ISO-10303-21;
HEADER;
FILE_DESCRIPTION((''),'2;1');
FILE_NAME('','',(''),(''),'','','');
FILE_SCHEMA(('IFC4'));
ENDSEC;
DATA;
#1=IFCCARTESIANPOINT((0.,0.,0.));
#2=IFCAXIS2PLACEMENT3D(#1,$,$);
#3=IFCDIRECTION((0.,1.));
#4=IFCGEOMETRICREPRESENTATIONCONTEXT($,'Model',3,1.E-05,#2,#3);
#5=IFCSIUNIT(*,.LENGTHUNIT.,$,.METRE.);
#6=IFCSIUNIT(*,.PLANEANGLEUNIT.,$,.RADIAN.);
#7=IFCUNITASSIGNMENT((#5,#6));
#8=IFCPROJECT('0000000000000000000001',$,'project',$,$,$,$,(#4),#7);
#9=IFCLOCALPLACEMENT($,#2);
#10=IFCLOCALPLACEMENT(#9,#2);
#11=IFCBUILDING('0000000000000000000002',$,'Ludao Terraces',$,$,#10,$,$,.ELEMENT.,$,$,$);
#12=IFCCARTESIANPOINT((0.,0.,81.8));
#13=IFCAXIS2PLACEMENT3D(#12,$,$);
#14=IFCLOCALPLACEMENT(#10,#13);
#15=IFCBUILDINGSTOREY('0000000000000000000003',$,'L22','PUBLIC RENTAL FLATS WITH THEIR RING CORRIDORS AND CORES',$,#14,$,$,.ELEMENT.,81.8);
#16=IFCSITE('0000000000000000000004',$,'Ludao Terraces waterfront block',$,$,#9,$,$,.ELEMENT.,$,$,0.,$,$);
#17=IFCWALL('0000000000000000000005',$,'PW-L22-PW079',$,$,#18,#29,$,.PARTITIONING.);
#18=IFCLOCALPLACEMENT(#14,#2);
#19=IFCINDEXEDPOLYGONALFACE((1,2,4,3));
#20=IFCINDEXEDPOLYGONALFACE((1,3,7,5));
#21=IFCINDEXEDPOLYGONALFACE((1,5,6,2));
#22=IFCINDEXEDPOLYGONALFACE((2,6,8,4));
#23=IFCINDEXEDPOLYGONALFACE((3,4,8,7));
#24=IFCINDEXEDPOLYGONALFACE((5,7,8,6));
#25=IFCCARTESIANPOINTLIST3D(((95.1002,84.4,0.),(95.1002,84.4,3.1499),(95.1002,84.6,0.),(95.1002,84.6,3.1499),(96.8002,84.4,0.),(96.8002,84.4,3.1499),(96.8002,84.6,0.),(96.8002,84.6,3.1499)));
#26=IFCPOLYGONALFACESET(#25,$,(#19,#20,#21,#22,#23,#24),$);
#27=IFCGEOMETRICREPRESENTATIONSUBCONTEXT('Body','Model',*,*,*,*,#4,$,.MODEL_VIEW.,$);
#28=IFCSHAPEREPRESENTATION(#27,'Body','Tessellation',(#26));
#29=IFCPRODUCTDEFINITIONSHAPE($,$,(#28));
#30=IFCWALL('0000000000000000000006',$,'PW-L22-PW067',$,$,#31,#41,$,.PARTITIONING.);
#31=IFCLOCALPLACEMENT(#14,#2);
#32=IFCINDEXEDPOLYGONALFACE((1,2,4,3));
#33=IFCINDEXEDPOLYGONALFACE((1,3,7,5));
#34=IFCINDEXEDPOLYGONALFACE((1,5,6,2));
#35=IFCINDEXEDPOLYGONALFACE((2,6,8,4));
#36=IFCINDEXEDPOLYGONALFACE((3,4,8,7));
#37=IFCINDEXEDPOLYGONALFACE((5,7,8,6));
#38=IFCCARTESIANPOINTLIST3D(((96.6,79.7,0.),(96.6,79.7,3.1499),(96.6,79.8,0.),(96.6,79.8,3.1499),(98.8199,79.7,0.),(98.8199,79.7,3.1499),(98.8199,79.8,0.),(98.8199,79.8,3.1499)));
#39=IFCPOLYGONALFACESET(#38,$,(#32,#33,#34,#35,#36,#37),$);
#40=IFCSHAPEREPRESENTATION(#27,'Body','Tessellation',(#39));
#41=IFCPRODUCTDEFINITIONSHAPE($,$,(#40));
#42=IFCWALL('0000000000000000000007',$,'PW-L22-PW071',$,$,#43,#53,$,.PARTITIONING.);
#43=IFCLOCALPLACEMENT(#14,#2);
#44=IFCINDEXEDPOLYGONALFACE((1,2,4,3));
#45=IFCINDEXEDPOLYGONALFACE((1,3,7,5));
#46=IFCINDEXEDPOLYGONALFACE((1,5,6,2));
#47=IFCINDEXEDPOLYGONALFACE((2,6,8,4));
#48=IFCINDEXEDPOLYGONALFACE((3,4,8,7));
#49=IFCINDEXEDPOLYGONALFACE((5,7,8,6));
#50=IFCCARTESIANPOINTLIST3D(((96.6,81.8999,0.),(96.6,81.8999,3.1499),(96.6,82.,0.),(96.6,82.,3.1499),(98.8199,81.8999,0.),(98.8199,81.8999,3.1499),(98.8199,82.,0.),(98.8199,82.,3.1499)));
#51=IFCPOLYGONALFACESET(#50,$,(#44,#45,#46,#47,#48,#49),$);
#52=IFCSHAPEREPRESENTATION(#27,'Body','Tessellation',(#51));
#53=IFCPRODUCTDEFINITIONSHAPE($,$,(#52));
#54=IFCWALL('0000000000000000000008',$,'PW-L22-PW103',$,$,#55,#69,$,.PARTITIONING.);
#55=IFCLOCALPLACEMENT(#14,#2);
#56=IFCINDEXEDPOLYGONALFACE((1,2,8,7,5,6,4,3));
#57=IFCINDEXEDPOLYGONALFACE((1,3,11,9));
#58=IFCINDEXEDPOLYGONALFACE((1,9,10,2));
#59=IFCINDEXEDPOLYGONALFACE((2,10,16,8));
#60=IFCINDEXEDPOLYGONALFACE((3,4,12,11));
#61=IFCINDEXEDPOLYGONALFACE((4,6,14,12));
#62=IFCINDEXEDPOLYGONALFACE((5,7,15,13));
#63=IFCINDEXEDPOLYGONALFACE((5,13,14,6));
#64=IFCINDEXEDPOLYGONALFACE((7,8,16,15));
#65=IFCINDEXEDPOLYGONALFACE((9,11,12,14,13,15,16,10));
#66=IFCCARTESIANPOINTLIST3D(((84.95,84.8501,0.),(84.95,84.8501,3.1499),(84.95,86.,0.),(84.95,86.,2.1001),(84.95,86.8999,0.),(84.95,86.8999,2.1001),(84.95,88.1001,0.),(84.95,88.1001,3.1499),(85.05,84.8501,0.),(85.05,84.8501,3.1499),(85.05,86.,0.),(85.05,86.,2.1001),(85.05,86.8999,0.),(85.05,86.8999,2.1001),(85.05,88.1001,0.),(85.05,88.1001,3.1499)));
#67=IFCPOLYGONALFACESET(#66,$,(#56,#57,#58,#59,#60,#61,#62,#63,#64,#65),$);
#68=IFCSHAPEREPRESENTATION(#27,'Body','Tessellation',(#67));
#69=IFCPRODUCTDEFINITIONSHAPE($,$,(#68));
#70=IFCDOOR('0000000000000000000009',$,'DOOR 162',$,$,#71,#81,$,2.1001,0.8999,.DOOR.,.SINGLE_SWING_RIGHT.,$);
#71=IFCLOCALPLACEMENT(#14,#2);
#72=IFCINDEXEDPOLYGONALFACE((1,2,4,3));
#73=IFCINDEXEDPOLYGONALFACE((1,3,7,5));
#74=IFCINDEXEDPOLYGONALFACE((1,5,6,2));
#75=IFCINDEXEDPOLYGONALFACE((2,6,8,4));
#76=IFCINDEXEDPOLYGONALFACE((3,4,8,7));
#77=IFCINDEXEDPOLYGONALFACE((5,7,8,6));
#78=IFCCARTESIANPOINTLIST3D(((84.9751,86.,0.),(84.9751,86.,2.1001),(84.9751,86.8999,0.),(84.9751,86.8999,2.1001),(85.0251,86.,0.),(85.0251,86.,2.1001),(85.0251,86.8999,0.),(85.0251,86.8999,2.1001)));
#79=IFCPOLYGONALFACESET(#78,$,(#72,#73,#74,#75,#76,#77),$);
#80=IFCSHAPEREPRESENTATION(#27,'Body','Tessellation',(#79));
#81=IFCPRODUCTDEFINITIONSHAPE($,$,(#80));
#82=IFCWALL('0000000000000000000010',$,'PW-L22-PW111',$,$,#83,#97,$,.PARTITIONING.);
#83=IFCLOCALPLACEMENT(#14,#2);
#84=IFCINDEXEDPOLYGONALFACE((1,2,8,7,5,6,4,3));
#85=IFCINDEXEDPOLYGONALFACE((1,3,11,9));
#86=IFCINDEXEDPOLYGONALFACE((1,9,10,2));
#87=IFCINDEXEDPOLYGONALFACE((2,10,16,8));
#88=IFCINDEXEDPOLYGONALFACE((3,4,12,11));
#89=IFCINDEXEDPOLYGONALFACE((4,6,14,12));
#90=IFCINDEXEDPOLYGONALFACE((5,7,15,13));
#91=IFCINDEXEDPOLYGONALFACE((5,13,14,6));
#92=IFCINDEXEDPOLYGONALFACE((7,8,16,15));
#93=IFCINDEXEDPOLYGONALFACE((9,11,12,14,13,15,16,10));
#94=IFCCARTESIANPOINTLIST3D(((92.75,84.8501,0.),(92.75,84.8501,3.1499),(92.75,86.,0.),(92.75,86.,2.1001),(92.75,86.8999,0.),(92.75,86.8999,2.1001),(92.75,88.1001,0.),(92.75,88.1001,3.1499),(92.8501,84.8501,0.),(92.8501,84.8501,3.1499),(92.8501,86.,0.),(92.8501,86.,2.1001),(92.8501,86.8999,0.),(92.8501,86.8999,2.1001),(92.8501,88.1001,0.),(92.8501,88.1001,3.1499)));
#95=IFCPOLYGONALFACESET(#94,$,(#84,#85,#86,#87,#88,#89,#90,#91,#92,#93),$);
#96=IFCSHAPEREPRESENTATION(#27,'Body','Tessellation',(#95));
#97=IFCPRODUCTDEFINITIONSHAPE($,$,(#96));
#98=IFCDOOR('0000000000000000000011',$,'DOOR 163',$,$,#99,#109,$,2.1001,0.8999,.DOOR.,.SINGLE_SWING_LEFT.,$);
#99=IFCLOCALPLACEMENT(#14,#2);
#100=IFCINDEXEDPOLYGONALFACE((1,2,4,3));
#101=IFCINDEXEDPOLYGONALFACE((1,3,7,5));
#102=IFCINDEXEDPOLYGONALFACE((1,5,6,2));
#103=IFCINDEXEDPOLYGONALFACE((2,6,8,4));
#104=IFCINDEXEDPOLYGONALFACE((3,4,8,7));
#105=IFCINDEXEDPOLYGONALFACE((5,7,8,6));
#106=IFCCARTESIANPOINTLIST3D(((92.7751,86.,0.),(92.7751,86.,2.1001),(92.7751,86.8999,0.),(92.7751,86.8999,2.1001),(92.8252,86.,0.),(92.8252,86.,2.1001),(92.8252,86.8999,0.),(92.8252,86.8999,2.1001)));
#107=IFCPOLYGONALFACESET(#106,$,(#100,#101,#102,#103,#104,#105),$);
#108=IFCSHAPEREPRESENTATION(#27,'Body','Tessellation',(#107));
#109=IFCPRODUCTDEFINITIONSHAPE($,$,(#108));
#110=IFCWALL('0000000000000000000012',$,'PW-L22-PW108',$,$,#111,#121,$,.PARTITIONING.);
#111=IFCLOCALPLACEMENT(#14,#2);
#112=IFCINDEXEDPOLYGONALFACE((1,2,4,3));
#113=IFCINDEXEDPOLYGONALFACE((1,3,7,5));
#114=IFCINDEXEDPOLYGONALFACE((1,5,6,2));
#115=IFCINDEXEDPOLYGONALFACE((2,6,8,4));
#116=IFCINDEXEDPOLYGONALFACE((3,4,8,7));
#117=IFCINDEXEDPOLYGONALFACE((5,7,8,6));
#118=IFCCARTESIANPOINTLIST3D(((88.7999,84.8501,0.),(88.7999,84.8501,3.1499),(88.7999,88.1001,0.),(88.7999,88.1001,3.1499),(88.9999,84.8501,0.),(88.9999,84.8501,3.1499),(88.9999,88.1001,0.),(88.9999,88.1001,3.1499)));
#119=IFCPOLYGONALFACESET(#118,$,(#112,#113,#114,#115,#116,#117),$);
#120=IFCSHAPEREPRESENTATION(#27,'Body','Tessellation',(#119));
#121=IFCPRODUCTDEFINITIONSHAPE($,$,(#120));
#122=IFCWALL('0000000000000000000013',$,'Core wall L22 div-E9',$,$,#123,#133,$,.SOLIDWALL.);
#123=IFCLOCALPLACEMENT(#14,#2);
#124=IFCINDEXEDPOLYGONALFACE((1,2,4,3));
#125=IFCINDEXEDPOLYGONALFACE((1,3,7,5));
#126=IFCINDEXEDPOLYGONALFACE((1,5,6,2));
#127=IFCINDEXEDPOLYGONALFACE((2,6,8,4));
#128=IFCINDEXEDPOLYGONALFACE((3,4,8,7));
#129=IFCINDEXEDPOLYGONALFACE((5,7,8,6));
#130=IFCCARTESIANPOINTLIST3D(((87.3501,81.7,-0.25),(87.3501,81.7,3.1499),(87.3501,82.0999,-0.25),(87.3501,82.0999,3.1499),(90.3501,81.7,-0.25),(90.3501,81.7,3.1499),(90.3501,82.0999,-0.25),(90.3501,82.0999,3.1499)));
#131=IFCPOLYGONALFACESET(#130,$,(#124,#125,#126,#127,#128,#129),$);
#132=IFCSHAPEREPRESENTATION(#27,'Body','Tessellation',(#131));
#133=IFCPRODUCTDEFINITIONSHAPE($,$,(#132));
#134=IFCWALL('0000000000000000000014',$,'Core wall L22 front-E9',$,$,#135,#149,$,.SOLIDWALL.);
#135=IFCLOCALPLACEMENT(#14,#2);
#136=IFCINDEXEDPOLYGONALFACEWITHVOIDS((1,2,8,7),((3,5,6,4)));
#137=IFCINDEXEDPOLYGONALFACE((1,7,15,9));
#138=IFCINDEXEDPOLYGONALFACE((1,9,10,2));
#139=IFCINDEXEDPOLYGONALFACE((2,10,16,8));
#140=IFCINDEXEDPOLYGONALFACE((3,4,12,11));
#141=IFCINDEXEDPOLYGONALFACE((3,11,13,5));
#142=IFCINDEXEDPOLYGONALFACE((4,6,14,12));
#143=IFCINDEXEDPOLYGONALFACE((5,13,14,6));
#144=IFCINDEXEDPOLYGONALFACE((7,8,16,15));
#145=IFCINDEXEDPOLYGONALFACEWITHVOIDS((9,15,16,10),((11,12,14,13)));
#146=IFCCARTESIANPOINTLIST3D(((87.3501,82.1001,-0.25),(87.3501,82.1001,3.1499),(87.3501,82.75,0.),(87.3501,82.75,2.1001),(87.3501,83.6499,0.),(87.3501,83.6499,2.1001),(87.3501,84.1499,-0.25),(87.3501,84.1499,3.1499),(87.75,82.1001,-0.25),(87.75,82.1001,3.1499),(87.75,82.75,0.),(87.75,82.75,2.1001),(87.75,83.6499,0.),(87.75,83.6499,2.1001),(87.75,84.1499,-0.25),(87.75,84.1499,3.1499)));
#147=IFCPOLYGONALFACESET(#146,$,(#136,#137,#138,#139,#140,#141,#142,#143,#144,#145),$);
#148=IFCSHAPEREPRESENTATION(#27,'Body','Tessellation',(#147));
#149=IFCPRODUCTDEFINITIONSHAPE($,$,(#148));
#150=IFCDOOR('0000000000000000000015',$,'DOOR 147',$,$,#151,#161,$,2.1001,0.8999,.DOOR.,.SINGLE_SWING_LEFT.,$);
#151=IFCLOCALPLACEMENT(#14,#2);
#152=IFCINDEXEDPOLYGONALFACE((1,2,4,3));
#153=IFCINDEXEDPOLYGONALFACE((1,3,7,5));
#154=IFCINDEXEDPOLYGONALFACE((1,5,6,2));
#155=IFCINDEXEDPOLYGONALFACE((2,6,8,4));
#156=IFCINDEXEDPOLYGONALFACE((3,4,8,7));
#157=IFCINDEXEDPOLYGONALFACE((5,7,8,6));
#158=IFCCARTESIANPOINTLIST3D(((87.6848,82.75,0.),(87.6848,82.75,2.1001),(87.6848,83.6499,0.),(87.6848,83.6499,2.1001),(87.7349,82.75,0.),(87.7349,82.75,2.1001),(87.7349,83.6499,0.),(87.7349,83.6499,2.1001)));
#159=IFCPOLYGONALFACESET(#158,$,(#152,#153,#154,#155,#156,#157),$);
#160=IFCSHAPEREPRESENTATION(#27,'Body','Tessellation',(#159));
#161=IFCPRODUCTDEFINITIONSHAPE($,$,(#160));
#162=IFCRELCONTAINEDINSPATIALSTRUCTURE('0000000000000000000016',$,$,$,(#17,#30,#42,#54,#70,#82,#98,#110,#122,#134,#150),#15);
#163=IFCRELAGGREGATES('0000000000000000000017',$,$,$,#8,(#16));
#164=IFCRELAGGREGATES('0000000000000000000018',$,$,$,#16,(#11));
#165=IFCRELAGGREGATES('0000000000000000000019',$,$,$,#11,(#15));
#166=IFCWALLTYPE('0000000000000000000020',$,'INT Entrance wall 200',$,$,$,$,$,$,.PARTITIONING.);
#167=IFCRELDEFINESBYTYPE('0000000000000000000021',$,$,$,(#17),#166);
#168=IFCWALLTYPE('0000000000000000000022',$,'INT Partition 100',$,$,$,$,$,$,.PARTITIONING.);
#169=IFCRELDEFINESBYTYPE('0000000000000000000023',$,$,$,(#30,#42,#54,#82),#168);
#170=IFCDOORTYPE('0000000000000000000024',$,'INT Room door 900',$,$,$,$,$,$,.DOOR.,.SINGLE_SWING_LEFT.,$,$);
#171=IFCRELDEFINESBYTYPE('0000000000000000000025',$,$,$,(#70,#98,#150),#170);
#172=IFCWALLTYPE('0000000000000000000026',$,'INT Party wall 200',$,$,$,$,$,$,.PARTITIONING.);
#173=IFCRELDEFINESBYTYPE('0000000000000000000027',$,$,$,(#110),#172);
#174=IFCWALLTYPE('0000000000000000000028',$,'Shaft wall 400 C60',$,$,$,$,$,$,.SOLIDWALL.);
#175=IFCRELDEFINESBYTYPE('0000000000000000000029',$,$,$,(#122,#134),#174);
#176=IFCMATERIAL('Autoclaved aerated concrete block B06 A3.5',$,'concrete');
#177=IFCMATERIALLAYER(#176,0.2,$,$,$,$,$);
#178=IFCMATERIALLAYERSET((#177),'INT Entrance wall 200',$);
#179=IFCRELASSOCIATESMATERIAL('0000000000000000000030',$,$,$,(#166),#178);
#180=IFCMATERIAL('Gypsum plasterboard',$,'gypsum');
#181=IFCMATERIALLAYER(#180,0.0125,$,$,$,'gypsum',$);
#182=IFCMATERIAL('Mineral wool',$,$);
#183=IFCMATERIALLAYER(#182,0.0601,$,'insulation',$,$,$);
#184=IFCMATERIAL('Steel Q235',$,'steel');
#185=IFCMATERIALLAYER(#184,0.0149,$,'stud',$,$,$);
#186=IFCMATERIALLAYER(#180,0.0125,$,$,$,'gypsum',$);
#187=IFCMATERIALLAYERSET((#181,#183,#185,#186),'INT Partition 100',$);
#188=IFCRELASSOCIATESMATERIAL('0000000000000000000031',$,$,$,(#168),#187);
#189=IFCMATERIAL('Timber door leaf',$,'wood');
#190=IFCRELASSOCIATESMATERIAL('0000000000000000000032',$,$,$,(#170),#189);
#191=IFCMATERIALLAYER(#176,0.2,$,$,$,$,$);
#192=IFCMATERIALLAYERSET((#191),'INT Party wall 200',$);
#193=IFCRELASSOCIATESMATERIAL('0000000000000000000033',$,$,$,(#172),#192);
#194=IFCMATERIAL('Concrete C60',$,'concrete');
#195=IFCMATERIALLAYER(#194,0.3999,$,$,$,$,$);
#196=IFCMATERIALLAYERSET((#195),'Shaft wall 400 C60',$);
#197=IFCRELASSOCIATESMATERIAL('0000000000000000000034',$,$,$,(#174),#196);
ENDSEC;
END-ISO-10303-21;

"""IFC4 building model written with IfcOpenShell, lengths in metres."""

from ifc_helpers import new_model, si_unit, direction, frame, frame_2d, origin, place, context, subcontext, project, spatial, rectangle, extrude, material, layer, layer_set, type_object, element, fill, save


model = new_model("IFC4")

# Units and contexts
model_context = context("Model", 3, precision=1e-05, world=origin(), true_north=direction((0.0, 1.0)))
body_context = subcontext(model_context, "Body", "Model", "MODEL_VIEW")
ifc_project = project(units=[si_unit("LENGTHUNIT", "METRE"), si_unit("PLANEANGLEUNIT", "RADIAN")], contexts=[model_context])

# Site, building, storey
site_placement = place(None, origin())
site = spatial("IfcSite", under=ifc_project, at=site_placement, Name="Ludao Terraces waterfront block", CompositionType="ELEMENT", RefElevation=0.0)
building_placement = place(site_placement, origin())
building = spatial("IfcBuilding", under=site, at=building_placement, Name="Ludao Terraces", CompositionType="ELEMENT")
storey_placement = place(building_placement, frame((0.0, 0.0, 81.8)))
storey = spatial("IfcBuildingStorey", under=building, at=storey_placement, Name="L22", Description="PUBLIC RENTAL FLATS WITH THEIR RING CORRIDORS AND CORES", CompositionType="ELEMENT", Elevation=81.8)

# Shared definitions
ifc_material_1 = material(Name="Mineral wool")

# Walls
ifc_material_2 = material(Name="Autoclaved aerated concrete block B06 A3.5", Category="concrete")
ifc_layer_1 = layer(ifc_material_2, 0.2)
ifc_layer_set_1 = layer_set([ifc_layer_1], Name="INT Entrance wall 200")
wall_type_1 = type_object("IfcWallType", Name="INT Entrance wall 200", PredefinedType="PARTITIONING", material=ifc_layer_set_1)
wall_1_placement = place(storey_placement, frame((95.1001, 84.5, 0.0), z_axis=(0.0, 0.0, 1.0), x_axis=(1.0, 0.0, 0.0)))
element("IfcWall", 1, at=wall_1_placement, inside=storey, type_object=wall_type_1, Name="PW-L22-PW079", PredefinedType="PARTITIONING", context=body_context, shape_type="SweptSolid", body=[
    extrude(rectangle(XDim=1.7, YDim=0.2, at=frame_2d((0.8501, 0.0))), origin(), (0.0, 0.0, 1.0), 3.1499),
])
ifc_material_3 = material(Name="Gypsum plasterboard", Category="gypsum")
ifc_layer_2 = layer(ifc_material_3, 0.0125, Category="gypsum")
ifc_layer_3 = layer(ifc_material_1, 0.0601, Name="insulation")
ifc_material_4 = material(Name="Steel Q235", Category="steel")
ifc_layer_4 = layer(ifc_material_4, 0.0149, Name="stud")
ifc_layer_5 = layer(ifc_material_3, 0.0125, Category="gypsum")
ifc_layer_set_2 = layer_set([ifc_layer_2, ifc_layer_3, ifc_layer_4, ifc_layer_5], Name="INT Partition 100")
wall_type_2 = type_object("IfcWallType", Name="INT Partition 100", PredefinedType="PARTITIONING", material=ifc_layer_set_2)
for number, where, z_axis, x_axis, name in (
    (2, (96.6001, 79.75, 0.0), (0.0, 0.0, 1.0), (1.0, 0.0, 0.0), "PW-L22-PW067"),
    (3, (96.6001, 81.95, 0.0), (0.0, 0.0, 1.0), (1.0, 0.0, 0.0), "PW-L22-PW071"),
):
    element("IfcWall", number, at=place(storey_placement, frame(where, z_axis=z_axis, x_axis=x_axis)), inside=storey, type_object=wall_type_2, Name=name, PredefinedType="PARTITIONING", context=body_context, shape_type="SweptSolid", body=[
        extrude(rectangle(XDim=2.22, YDim=0.1001, at=frame_2d((1.1099, 0.0))), origin(), (0.0, 0.0, 1.0), 3.1499),
    ])

# Walls, openings, doors
wall_2_placement = place(storey_placement, frame((85.0, 84.8501, 0.0), z_axis=(0.0, 0.0, 1.0), x_axis=(0.0, 1.0, 0.0)))
wall_2 = element("IfcWall", 4, at=wall_2_placement, inside=storey, type_object=wall_type_2, Name="PW-L22-PW103", PredefinedType="PARTITIONING", context=body_context, shape_type="SweptSolid", body=[
    extrude(rectangle(XDim=3.25, YDim=0.1001, at=frame_2d((1.625, 0.0))), origin(), (0.0, 0.0, 1.0), 3.1499),
])
opening_1_placement = place(wall_2_placement, frame((1.1499, 0.0, 0.0)))
opening_1 = element("IfcOpeningElement", 5, at=opening_1_placement, cuts=wall_2, PredefinedType="OPENING", context=body_context, shape_type="SweptSolid", body=[
    extrude(rectangle(XDim=0.8999, YDim=2.1001, at=frame_2d((0.45, 1.05))), frame((0.0, 0.0601, 0.0), z_axis=(0.0, -1.0, 0.0), x_axis=(1.0, 0.0, 0.0)), (0.0, 0.0, 1.0), 0.1201),
])
ifc_material_5 = material(Name="Timber door leaf", Category="wood")
door_type_1 = type_object("IfcDoorType", Name="INT Room door 900", OperationType="SINGLE_SWING_LEFT", PredefinedType="DOOR", material=ifc_material_5)
door_1_placement = place(opening_1_placement, origin())
door_1 = element("IfcDoor", 6, at=door_1_placement, inside=storey, type_object=door_type_1, Name="DOOR 162", OperationType="SINGLE_SWING_RIGHT", OverallHeight=2.1001, OverallWidth=0.8999, PredefinedType="DOOR", context=body_context, shape_type="SweptSolid", body=[
    extrude(rectangle(XDim=0.8999, YDim=2.1001, at=frame_2d((0.45, 1.05))), frame((0.0, 0.0249, 0.0), z_axis=(0.0, -1.0, 0.0), x_axis=(1.0, 0.0, 0.0)), (0.0, 0.0, 1.0), 0.05),
])
fill(opening_1, door_1)
wall_3_placement = place(storey_placement, frame((92.8, 84.8501, 0.0), z_axis=(0.0, 0.0, 1.0), x_axis=(0.0, 1.0, 0.0)))
wall_3 = element("IfcWall", 7, at=wall_3_placement, inside=storey, type_object=wall_type_2, Name="PW-L22-PW111", PredefinedType="PARTITIONING", context=body_context, shape_type="SweptSolid", body=[
    extrude(rectangle(XDim=3.25, YDim=0.1001, at=frame_2d((1.625, 0.0))), origin(), (0.0, 0.0, 1.0), 3.1499),
])
opening_2_placement = place(wall_3_placement, frame((1.1499, 0.0, 0.0)))
opening_2 = element("IfcOpeningElement", 8, at=opening_2_placement, cuts=wall_3, PredefinedType="OPENING", context=body_context, shape_type="SweptSolid", body=[
    extrude(rectangle(XDim=0.8999, YDim=2.1001, at=frame_2d((0.45, 1.05))), frame((0.0, 0.0601, 0.0), z_axis=(0.0, -1.0, 0.0), x_axis=(1.0, 0.0, 0.0)), (0.0, 0.0, 1.0), 0.1201),
])
door_2_placement = place(opening_2_placement, origin())
door_2 = element("IfcDoor", 9, at=door_2_placement, inside=storey, type_object=door_type_1, Name="DOOR 163", OperationType="SINGLE_SWING_LEFT", OverallHeight=2.1001, OverallWidth=0.8999, PredefinedType="DOOR", context=body_context, shape_type="SweptSolid", body=[
    extrude(rectangle(XDim=0.8999, YDim=2.1001, at=frame_2d((0.45, 1.05))), frame((0.0, 0.0249, 0.0), z_axis=(0.0, -1.0, 0.0), x_axis=(1.0, 0.0, 0.0)), (0.0, 0.0, 1.0), 0.05),
])
fill(opening_2, door_2)

# Walls
ifc_layer_6 = layer(ifc_material_2, 0.2)
ifc_layer_set_3 = layer_set([ifc_layer_6], Name="INT Party wall 200")
wall_type_3 = type_object("IfcWallType", Name="INT Party wall 200", PredefinedType="PARTITIONING", material=ifc_layer_set_3)
wall_4_placement = place(storey_placement, frame((88.8999, 84.8501, 0.0), z_axis=(0.0, 0.0, 1.0), x_axis=(0.0, 1.0, 0.0)))
element("IfcWall", 10, at=wall_4_placement, inside=storey, type_object=wall_type_3, Name="PW-L22-PW108", PredefinedType="PARTITIONING", context=body_context, shape_type="SweptSolid", body=[
    extrude(rectangle(XDim=3.25, YDim=0.2, at=frame_2d((1.625, 0.0))), origin(), (0.0, 0.0, 1.0), 3.1499),
])
ifc_material_6 = material(Name="Concrete C60", Category="concrete")
ifc_layer_7 = layer(ifc_material_6, 0.3999)
ifc_layer_set_4 = layer_set([ifc_layer_7], Name="Shaft wall 400 C60")
wall_type_4 = type_object("IfcWallType", Name="Shaft wall 400 C60", PredefinedType="SOLIDWALL", material=ifc_layer_set_4)
wall_5_placement = place(storey_placement, frame((87.3501, 81.8999, -0.25), z_axis=(0.0, 0.0, 1.0), x_axis=(1.0, 0.0, 0.0)))
element("IfcWall", 11, at=wall_5_placement, inside=storey, type_object=wall_type_4, Name="Core wall L22 div-E9", PredefinedType="SOLIDWALL", context=body_context, shape_type="SweptSolid", body=[
    extrude(rectangle(XDim=3.0, YDim=0.3999, at=frame_2d((1.5, 0.0))), origin(), (0.0, 0.0, 1.0), 3.3999),
])

# Wall, opening, door
wall_6_placement = place(storey_placement, frame((87.55, 82.1001, -0.25), z_axis=(0.0, 0.0, 1.0), x_axis=(0.0, 1.0, 0.0)))
wall_6 = element("IfcWall", 12, at=wall_6_placement, inside=storey, type_object=wall_type_4, Name="Core wall L22 front-E9", PredefinedType="SOLIDWALL", context=body_context, shape_type="SweptSolid", body=[
    extrude(rectangle(XDim=2.0498, YDim=0.3999, at=frame_2d((1.0249, 0.0))), origin(), (0.0, 0.0, 1.0), 3.3999),
])
opening_3_placement = place(wall_6_placement, frame((0.6499, 0.0, 0.25)))
opening_3 = element("IfcOpeningElement", 13, at=opening_3_placement, cuts=wall_6, PredefinedType="OPENING", context=body_context, shape_type="SweptSolid", body=[
    extrude(rectangle(XDim=0.8999, YDim=2.1001, at=frame_2d((0.45, 1.05))), frame((0.0, 0.21, 0.0), z_axis=(0.0, -1.0, 0.0), x_axis=(1.0, 0.0, 0.0)), (0.0, 0.0, 1.0), 0.4199),
])
door_3_placement = place(opening_3_placement, origin())
door_3 = element("IfcDoor", 14, at=door_3_placement, inside=storey, type_object=door_type_1, Name="DOOR 147", OperationType="SINGLE_SWING_LEFT", OverallHeight=2.1001, OverallWidth=0.8999, PredefinedType="DOOR", context=body_context, shape_type="SweptSolid", body=[
    extrude(rectangle(XDim=0.8999, YDim=2.1001, at=frame_2d((0.45, 1.05))), frame((0.0, -0.1348, 0.0), z_axis=(0.0, -1.0, 0.0), x_axis=(1.0, 0.0, 0.0)), (0.0, 0.0, 1.0), 0.05),
])
fill(opening_3, door_3)

save(model, "model.ifc")
